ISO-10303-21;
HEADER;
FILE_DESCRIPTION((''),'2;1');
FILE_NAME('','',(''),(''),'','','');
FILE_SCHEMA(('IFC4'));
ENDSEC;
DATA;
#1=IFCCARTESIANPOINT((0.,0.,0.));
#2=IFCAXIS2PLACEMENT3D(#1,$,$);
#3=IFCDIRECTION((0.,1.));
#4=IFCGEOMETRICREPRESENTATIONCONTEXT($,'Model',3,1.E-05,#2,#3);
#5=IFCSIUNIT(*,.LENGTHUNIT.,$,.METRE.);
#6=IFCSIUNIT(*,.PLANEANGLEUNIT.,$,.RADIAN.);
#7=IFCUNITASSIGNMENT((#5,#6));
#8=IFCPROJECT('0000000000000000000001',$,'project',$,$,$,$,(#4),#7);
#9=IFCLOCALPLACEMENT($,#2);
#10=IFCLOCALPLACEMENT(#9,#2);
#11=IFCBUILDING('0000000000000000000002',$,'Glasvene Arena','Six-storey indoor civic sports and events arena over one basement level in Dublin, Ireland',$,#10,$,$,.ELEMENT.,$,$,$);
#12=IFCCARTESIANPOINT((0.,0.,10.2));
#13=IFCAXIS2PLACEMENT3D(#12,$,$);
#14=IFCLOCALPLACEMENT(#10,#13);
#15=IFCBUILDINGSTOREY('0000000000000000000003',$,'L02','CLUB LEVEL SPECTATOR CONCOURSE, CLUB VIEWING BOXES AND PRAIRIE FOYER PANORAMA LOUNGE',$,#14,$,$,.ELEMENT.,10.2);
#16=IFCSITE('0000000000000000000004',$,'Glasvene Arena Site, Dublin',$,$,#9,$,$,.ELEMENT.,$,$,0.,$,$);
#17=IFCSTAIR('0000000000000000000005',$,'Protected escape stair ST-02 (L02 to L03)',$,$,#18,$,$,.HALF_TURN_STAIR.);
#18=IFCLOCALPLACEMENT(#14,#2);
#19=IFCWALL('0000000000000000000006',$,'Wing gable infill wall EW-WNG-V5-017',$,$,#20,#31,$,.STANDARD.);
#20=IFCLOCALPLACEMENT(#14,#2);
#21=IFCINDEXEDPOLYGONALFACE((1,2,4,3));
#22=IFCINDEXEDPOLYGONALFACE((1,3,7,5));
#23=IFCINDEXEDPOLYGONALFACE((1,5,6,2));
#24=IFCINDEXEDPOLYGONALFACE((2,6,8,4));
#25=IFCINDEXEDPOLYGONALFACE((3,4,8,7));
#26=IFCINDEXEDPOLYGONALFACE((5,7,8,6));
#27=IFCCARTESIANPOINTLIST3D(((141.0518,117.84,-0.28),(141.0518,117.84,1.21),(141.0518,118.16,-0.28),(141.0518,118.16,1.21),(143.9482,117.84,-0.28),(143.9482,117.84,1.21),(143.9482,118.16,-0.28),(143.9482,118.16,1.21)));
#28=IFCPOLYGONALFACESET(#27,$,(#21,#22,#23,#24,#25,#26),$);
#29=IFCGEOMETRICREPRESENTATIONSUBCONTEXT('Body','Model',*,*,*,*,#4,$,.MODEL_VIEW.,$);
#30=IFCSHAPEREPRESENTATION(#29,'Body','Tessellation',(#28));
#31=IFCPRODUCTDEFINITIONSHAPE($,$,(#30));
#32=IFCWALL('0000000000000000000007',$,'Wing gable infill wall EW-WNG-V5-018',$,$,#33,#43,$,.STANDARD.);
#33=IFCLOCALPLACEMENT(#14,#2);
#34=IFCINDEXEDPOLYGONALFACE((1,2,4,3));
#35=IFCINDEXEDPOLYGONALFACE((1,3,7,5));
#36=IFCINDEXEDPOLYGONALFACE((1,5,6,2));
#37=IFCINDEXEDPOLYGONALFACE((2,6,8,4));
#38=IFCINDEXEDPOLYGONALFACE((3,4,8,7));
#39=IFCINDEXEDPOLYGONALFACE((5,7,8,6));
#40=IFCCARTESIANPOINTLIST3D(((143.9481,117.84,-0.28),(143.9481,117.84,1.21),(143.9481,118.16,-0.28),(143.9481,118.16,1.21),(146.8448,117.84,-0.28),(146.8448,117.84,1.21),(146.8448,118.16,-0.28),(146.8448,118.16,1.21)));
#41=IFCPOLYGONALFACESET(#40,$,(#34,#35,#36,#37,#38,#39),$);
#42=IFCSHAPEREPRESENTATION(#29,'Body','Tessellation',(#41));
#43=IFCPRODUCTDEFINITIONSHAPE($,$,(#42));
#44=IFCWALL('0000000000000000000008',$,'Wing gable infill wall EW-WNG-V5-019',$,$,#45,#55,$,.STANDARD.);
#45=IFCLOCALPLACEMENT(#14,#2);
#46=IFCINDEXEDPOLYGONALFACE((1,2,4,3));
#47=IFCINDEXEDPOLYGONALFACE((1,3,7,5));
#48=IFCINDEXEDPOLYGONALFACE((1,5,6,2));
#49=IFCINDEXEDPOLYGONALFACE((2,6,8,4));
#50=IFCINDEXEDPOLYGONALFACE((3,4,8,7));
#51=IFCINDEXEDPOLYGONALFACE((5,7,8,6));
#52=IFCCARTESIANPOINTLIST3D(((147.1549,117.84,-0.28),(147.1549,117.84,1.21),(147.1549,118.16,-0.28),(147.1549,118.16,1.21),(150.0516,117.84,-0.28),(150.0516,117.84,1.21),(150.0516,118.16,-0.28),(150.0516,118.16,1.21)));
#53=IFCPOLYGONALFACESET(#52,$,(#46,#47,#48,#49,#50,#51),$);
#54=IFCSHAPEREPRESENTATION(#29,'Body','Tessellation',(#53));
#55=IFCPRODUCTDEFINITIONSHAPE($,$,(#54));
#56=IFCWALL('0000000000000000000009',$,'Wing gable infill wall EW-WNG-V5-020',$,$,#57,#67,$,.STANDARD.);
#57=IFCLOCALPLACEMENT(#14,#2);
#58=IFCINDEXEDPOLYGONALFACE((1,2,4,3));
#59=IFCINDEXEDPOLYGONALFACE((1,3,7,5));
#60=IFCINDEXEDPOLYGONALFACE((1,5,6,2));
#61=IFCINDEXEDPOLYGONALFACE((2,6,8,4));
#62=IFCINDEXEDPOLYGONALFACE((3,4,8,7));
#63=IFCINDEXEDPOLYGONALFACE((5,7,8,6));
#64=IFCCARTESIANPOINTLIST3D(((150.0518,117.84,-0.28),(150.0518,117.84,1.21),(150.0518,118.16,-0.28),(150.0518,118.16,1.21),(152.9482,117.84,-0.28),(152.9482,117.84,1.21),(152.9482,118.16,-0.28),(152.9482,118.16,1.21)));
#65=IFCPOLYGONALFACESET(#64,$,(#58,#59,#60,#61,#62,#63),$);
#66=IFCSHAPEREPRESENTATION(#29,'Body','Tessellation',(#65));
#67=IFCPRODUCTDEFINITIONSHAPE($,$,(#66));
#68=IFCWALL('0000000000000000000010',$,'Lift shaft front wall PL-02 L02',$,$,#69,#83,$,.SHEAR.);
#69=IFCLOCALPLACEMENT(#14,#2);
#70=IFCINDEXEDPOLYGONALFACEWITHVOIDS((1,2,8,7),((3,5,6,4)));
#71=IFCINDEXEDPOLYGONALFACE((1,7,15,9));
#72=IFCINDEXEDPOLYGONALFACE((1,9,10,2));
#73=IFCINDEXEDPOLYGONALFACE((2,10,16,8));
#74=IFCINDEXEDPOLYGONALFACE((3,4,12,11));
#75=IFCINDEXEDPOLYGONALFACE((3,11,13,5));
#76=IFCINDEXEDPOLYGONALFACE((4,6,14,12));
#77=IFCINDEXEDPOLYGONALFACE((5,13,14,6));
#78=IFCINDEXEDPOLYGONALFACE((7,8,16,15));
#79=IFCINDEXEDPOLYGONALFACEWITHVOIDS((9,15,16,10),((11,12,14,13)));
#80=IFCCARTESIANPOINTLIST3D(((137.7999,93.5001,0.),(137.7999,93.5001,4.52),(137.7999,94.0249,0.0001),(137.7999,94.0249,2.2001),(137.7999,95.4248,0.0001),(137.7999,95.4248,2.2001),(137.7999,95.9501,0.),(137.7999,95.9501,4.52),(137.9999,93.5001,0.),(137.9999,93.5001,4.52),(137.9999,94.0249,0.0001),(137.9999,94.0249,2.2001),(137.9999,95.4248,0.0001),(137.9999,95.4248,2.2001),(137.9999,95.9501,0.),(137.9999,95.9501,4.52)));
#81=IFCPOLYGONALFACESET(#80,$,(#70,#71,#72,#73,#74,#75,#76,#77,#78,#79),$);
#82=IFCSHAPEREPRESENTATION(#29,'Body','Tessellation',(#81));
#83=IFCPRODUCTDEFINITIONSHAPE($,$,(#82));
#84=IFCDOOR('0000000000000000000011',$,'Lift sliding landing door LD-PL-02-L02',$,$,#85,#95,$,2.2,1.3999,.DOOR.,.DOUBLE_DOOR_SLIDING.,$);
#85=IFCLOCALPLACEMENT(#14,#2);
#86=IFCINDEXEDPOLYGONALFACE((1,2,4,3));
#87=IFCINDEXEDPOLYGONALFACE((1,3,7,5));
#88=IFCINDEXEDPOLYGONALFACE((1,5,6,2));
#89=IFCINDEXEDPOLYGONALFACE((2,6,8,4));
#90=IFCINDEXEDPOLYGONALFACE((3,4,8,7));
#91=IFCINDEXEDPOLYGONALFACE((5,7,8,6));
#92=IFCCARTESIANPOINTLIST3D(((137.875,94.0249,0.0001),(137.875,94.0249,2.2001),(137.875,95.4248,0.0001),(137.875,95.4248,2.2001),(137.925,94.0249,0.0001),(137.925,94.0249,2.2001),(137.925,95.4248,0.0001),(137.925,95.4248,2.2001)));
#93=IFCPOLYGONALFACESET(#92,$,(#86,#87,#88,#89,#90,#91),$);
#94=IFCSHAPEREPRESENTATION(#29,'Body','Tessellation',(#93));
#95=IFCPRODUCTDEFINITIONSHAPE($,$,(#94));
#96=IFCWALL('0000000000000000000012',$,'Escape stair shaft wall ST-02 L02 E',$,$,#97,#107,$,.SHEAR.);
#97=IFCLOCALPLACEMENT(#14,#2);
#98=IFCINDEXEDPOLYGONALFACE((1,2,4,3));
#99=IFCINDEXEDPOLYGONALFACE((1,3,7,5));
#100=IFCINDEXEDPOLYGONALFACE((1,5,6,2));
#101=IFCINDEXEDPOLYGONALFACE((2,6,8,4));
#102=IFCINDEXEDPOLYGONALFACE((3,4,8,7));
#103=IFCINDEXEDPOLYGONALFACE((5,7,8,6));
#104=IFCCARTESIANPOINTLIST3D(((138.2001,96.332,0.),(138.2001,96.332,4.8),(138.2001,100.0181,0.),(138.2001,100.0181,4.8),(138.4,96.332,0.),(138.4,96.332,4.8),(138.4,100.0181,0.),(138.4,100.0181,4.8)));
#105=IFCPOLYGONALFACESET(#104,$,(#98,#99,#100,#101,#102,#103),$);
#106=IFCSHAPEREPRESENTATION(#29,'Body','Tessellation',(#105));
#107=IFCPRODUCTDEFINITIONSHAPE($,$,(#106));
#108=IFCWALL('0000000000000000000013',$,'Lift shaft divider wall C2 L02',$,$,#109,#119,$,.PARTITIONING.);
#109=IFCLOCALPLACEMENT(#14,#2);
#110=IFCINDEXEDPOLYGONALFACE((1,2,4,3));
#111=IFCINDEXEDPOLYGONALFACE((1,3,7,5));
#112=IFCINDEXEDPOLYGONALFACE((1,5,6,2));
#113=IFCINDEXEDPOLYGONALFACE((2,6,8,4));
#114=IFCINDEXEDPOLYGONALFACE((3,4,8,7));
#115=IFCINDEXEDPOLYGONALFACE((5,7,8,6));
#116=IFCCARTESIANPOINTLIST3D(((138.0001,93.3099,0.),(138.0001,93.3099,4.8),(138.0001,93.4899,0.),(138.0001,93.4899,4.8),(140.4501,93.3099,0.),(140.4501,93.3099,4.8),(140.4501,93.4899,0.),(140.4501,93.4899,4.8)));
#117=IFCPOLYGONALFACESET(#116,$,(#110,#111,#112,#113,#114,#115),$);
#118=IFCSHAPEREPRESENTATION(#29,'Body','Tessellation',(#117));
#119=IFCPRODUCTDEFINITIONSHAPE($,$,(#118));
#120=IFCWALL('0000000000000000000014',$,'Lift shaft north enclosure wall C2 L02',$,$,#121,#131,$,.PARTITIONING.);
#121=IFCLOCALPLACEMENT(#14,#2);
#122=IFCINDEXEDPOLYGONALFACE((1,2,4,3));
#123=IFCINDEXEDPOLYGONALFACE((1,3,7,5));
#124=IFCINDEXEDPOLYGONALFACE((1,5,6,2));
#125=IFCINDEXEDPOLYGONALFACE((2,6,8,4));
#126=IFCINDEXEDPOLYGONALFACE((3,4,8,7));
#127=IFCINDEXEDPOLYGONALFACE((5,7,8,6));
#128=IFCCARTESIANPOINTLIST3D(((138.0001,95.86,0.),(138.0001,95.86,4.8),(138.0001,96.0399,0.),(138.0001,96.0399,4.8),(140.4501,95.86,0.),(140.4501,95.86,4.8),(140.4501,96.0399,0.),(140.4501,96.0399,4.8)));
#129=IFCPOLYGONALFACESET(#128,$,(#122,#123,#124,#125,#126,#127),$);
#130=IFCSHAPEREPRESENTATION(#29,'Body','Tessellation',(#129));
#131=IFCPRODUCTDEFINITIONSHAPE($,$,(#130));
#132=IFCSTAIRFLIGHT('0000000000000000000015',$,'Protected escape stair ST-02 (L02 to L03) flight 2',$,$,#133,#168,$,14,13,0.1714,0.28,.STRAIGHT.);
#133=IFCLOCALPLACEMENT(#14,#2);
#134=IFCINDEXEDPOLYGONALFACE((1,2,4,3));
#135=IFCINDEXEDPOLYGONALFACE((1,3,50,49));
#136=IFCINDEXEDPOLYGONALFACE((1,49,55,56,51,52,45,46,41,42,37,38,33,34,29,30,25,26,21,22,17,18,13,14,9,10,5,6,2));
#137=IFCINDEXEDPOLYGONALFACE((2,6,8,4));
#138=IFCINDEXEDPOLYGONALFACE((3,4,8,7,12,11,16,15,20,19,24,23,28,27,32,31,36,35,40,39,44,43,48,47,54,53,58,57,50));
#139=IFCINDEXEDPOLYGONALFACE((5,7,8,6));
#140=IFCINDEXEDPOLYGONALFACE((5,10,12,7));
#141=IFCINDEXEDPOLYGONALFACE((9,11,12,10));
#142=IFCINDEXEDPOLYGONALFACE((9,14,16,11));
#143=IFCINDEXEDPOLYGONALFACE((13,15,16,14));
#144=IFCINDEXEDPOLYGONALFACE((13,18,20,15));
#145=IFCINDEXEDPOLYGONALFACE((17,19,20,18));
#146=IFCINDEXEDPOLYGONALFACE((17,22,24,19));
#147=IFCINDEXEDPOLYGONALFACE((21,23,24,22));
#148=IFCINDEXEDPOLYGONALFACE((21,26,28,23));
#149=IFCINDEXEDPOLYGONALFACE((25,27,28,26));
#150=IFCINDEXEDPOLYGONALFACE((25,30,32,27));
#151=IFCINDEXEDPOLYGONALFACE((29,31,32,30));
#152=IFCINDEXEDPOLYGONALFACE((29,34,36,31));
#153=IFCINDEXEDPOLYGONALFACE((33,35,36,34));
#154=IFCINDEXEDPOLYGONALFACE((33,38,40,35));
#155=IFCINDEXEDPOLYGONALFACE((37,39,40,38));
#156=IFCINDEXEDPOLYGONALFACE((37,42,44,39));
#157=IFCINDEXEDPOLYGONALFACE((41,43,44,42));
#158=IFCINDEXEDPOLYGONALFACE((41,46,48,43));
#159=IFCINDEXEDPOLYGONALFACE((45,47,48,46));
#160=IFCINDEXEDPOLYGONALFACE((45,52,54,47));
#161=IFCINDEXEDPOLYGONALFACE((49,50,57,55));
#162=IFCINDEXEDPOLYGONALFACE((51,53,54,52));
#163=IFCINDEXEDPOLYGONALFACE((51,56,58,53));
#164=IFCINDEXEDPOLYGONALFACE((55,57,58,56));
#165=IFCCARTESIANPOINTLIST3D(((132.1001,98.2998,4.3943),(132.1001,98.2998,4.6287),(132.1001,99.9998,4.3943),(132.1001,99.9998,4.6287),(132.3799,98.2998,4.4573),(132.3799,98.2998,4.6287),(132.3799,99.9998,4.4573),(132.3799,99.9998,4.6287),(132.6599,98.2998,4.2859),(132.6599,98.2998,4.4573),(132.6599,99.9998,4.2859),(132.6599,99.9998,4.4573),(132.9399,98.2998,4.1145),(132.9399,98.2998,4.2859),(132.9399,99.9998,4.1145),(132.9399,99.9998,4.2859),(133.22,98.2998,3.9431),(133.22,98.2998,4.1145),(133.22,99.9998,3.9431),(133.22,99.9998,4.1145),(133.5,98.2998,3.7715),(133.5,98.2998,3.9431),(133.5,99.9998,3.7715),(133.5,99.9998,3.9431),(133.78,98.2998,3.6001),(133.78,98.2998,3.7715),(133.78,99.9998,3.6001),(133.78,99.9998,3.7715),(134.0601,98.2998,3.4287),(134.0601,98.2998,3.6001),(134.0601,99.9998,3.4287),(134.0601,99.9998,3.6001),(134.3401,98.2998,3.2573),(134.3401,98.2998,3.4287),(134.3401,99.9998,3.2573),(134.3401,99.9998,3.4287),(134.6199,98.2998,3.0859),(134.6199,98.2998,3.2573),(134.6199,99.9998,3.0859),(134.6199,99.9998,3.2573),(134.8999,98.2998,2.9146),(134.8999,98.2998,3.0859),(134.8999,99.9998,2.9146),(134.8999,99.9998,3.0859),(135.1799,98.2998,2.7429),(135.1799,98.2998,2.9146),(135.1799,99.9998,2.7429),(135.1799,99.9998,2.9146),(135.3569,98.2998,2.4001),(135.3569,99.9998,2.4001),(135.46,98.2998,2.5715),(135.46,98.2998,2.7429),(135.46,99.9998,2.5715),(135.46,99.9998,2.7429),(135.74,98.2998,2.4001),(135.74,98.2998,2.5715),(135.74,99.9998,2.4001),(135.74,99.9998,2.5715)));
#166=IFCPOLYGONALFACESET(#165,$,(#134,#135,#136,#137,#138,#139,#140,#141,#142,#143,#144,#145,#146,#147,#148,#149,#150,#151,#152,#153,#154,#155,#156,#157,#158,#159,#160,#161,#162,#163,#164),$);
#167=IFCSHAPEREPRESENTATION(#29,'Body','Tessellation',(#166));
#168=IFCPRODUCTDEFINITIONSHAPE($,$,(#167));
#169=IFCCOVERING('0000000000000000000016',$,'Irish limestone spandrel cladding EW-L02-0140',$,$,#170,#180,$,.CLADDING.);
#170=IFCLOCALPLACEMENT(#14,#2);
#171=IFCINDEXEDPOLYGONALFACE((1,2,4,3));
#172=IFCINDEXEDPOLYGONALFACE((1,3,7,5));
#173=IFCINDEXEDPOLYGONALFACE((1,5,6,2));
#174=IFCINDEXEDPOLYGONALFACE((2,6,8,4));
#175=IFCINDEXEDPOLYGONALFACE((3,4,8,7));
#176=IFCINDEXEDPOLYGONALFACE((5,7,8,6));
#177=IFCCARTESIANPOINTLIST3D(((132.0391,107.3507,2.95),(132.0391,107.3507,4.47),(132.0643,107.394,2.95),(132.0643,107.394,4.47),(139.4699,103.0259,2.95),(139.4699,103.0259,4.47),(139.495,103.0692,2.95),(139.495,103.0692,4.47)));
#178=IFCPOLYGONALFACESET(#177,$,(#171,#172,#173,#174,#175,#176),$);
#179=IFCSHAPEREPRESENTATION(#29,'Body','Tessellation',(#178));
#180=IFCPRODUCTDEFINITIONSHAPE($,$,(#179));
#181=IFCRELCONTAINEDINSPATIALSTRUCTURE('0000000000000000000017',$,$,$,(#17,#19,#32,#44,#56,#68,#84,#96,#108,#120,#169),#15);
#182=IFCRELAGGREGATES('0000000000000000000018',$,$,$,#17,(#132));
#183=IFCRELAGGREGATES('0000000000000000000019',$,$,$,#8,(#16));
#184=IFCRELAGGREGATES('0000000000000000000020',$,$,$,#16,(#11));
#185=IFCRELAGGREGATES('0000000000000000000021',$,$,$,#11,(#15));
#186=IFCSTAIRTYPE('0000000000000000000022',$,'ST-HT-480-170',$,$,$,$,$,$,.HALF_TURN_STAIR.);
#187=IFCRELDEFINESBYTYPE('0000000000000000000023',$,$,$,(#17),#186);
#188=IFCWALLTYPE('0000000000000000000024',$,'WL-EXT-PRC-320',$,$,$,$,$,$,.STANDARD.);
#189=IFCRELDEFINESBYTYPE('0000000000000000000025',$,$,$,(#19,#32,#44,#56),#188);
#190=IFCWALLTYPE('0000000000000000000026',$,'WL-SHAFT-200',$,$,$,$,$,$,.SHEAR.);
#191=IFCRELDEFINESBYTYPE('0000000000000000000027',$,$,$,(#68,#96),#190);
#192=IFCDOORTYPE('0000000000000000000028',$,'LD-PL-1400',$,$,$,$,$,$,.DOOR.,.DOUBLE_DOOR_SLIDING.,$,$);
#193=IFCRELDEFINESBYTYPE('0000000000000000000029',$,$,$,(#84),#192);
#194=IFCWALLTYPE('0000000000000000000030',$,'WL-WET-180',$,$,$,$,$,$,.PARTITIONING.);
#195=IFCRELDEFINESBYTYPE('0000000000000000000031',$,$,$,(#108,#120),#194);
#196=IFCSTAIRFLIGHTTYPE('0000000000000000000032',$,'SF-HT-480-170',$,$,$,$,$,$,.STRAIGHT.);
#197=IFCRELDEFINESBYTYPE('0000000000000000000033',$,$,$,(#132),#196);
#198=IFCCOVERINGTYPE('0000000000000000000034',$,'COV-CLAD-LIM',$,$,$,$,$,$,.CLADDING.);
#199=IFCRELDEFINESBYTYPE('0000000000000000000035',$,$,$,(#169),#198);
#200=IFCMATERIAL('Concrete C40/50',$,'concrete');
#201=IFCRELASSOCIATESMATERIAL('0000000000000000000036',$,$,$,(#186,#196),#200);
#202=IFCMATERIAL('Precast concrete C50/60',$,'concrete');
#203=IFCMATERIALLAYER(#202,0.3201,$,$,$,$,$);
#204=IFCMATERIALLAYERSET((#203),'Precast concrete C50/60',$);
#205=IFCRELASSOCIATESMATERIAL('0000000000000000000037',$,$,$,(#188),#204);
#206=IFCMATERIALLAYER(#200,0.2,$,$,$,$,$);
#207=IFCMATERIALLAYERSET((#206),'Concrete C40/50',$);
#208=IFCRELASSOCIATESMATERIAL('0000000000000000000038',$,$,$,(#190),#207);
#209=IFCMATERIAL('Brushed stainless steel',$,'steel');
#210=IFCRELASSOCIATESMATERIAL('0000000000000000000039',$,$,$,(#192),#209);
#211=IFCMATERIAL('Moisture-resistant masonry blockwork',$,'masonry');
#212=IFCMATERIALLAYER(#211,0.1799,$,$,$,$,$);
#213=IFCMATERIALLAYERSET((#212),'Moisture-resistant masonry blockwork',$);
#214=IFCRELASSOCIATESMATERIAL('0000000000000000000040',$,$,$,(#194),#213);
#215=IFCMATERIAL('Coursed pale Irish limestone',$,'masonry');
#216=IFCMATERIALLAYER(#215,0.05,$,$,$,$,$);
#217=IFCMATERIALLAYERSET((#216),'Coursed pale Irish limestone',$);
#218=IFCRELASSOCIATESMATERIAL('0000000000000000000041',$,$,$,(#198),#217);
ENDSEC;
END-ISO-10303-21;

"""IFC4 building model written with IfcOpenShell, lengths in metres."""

from ifc_helpers import new_model, si_unit, direction, frame, frame_2d, origin, origin_2d, place, context, subcontext, project, spatial, polyline, rectangle, outline, extrude, material, layer, layer_set, type_object, element, fill, aggregate, save


model = new_model("IFC4")

# Units and contexts
model_context = context("Model", 3, precision=1e-05, world=origin(), true_north=direction((0.0, 1.0)))
body_context = subcontext(model_context, "Body", "Model", "MODEL_VIEW")
ifc_project = project(units=[si_unit("LENGTHUNIT", "METRE"), si_unit("PLANEANGLEUNIT", "RADIAN")], contexts=[model_context])

# Site, building, storey
site_placement = place(None, origin())
site = spatial("IfcSite", under=ifc_project, at=site_placement, Name="Glasvene Arena Site, Dublin", CompositionType="ELEMENT", RefElevation=0.0)
building_placement = place(site_placement, origin())
building = spatial("IfcBuilding", under=site, at=building_placement, Name="Glasvene Arena", Description="Six-storey indoor civic sports and events arena over one basement level in Dublin, Ireland", CompositionType="ELEMENT")
storey_placement = place(building_placement, frame((0.0, 0.0, 10.2)))
storey = spatial("IfcBuildingStorey", under=building, at=storey_placement, Name="L02", Description="CLUB LEVEL SPECTATOR CONCOURSE, CLUB VIEWING BOXES AND PRAIRIE FOYER PANORAMA LOUNGE", CompositionType="ELEMENT", Elevation=10.2)

# Shared definitions
ifc_material_1 = material(Name="Concrete C40/50", Category="concrete")

# Stair
stair_type = type_object("IfcStairType", Name="ST-HT-480-170", PredefinedType="HALF_TURN_STAIR", material=ifc_material_1)
stair_placement = place(storey_placement, origin())
stair = element("IfcStair", 1, at=stair_placement, inside=storey, type_object=stair_type, Name="Protected escape stair ST-02 (L02 to L03)", PredefinedType="HALF_TURN_STAIR")

# Shared definitions
ifc_material_2 = material(Name="Precast concrete C50/60", Category="concrete")
ifc_layer_1 = layer(ifc_material_2, 0.3201)
ifc_layer_set_1 = layer_set([ifc_layer_1], Name="Precast concrete C50/60")
wall_type_1 = type_object("IfcWallType", Name="WL-EXT-PRC-320", PredefinedType="STANDARD", material=ifc_layer_set_1)

# Walls
wall_1_placement = place(storey_placement, frame((141.0518, 118.0, -0.28), z_axis=(0.0, 0.0, 1.0), x_axis=(1.0, 0.0, 0.0)))
element("IfcWall", 2, at=wall_1_placement, inside=storey, type_object=wall_type_1, Name="Wing gable infill wall EW-WNG-V5-017", PredefinedType="STANDARD", context=body_context, shape_type="SweptSolid", body=[
    extrude(rectangle(XDim=2.8965, YDim=0.3201, at=frame_2d((1.4482, 0.0))), origin(), (0.0, 0.0, 1.0), 1.49),
])
for number, where, z_axis, x_axis, name in (
    (3, (143.9482, 118.0, -0.28), (0.0, 0.0, 1.0), (1.0, 0.0, 0.0), "Wing gable infill wall EW-WNG-V5-018"),
    (4, (147.155, 118.0, -0.28), (0.0, 0.0, 1.0), (1.0, 0.0, 0.0), "Wing gable infill wall EW-WNG-V5-019"),
):
    element("IfcWall", number, at=place(storey_placement, frame(where, z_axis=z_axis, x_axis=x_axis)), inside=storey, type_object=wall_type_1, Name=name, PredefinedType="STANDARD", context=body_context, shape_type="SweptSolid", body=[
        extrude(rectangle(XDim=2.8967, YDim=0.3201, at=frame_2d((1.4482, 0.0))), origin(), (0.0, 0.0, 1.0), 1.49),
    ])
wall_2_placement = place(storey_placement, frame((150.0518, 118.0, -0.28), z_axis=(0.0, 0.0, 1.0), x_axis=(1.0, 0.0, 0.0)))
element("IfcWall", 5, at=wall_2_placement, inside=storey, type_object=wall_type_1, Name="Wing gable infill wall EW-WNG-V5-020", PredefinedType="STANDARD", context=body_context, shape_type="SweptSolid", body=[
    extrude(rectangle(XDim=2.8965, YDim=0.3201, at=frame_2d((1.4482, 0.0))), origin(), (0.0, 0.0, 1.0), 1.49),
])

# Wall, opening, door
ifc_layer_2 = layer(ifc_material_1, 0.2)
ifc_layer_set_2 = layer_set([ifc_layer_2], Name="Concrete C40/50")
wall_type_2 = type_object("IfcWallType", Name="WL-SHAFT-200", PredefinedType="SHEAR", material=ifc_layer_set_2)
wall_3_placement = place(storey_placement, frame((137.8999, 93.5, 0.0), z_axis=(0.0, 0.0, 1.0), x_axis=(0.0, 1.0, 0.0)))
wall_3 = element("IfcWall", 6, at=wall_3_placement, inside=storey, type_object=wall_type_2, Name="Lift shaft front wall PL-02 L02", PredefinedType="SHEAR", context=body_context, shape_type="SweptSolid", body=[
    extrude(rectangle(XDim=2.45, YDim=0.2, at=frame_2d((1.2251, 0.0))), origin(), (0.0, 0.0, 1.0), 4.52),
])
opening_1_placement = place(wall_3_placement, frame((0.5249, 0.0, 0.0)))
opening_1 = element("IfcOpeningElement", 7, at=opening_1_placement, cuts=wall_3, PredefinedType="OPENING", context=body_context, shape_type="SweptSolid", body=[
    extrude(rectangle(XDim=1.3999, YDim=2.2, at=frame_2d((0.7, 1.1001))), frame((0.0, 0.1099, 0.0), z_axis=(0.0, -1.0, 0.0), x_axis=(1.0, 0.0, 0.0)), (0.0, 0.0, 1.0), 0.22),
])
ifc_material_3 = material(Name="Brushed stainless steel", Category="steel")
door_type = type_object("IfcDoorType", Name="LD-PL-1400", OperationType="DOUBLE_DOOR_SLIDING", PredefinedType="DOOR", material=ifc_material_3)
door_placement = place(opening_1_placement, origin())
door = element("IfcDoor", 8, at=door_placement, inside=storey, type_object=door_type, Name="Lift sliding landing door LD-PL-02-L02", OperationType="DOUBLE_DOOR_SLIDING", OverallHeight=2.2, OverallWidth=1.3999, PredefinedType="DOOR", context=body_context, shape_type="SweptSolid", body=[
    extrude(rectangle(XDim=1.3999, YDim=2.2, at=frame_2d((0.7, 1.1001))), frame((0.0, 0.0249, 0.0), z_axis=(0.0, -1.0, 0.0), x_axis=(1.0, 0.0, 0.0)), (0.0, 0.0, 1.0), 0.05),
])
fill(opening_1, door)

# Walls
wall_4_placement = place(storey_placement, frame((138.3, 96.332, 0.0), z_axis=(0.0, 0.0, 1.0), x_axis=(0.0, 1.0, 0.0)))
element("IfcWall", 9, at=wall_4_placement, inside=storey, type_object=wall_type_2, Name="Escape stair shaft wall ST-02 L02 E", PredefinedType="SHEAR", context=body_context, shape_type="SweptSolid", body=[
    extrude(rectangle(XDim=3.686, YDim=0.2, at=frame_2d((1.843, 0.0))), origin(), (0.0, 0.0, 1.0), 4.8),
])
ifc_material_4 = material(Name="Moisture-resistant masonry blockwork", Category="masonry")
ifc_layer_3 = layer(ifc_material_4, 0.1799)
ifc_layer_set_3 = layer_set([ifc_layer_3], Name="Moisture-resistant masonry blockwork")
wall_type_3 = type_object("IfcWallType", Name="WL-WET-180", PredefinedType="PARTITIONING", material=ifc_layer_set_3)
for number, where, z_axis, x_axis, name in (
    (10, (138.0, 93.3999, 0.0), (0.0, 0.0, 1.0), (1.0, 0.0, 0.0), "Lift shaft divider wall C2 L02"),
    (11, (138.0, 95.95, 0.0), (0.0, 0.0, 1.0), (1.0, 0.0, 0.0), "Lift shaft north enclosure wall C2 L02"),
):
    element("IfcWall", number, at=place(storey_placement, frame(where, z_axis=z_axis, x_axis=x_axis)), inside=storey, type_object=wall_type_3, Name=name, PredefinedType="PARTITIONING", context=body_context, shape_type="SweptSolid", body=[
        extrude(rectangle(XDim=2.45, YDim=0.1799, at=frame_2d((1.2251, 0.0))), origin(), (0.0, 0.0, 1.0), 4.8),
    ])

# Stair flight
stair_flight_type = type_object("IfcStairFlightType", Name="SF-HT-480-170", PredefinedType="STRAIGHT", material=ifc_material_1)
stair_flight_placement = place(storey_placement, frame((135.74, 99.1499, 2.4001), z_axis=(0.0, 0.0, 1.0), x_axis=(-1.0, 0.0, 0.0)))
stair_flight = element("IfcStairFlight", 12, at=stair_flight_placement, type_object=stair_flight_type, Name="Protected escape stair ST-02 (L02 to L03) flight 2", NumberOfRisers=14, NumberOfTreads=13, PredefinedType="STRAIGHT", RiserHeight=0.1714, TreadLength=0.28, context=body_context, shape_type="SweptSolid", body=[
    extrude(outline(polyline([(0.0, 0.0), (0.0, 0.1714), (0.28, 0.1714), (0.28, 0.3428), (0.5601, 0.3428), (0.5601, 0.5144), (0.8401, 0.5144), (0.8401, 0.6858), (1.1201, 0.6858), (1.1201, 0.8572), (1.3999, 0.8572), (1.3999, 1.0286), (1.6799, 1.0286), (1.6799, 1.2), (1.96, 1.2), (1.96, 1.3713), (2.24, 1.3713), (2.24, 1.543), (2.52, 1.543), (2.52, 1.7144), (2.8, 1.7144), (2.8, 1.8857), (3.0801, 1.8857), (3.0801, 2.0571), (3.3601, 2.0571), (3.3601, 2.2285), (3.6399, 2.2285), (3.6399, 2.3999), (3.6399, 1.9941), (0.3831, 0.0), (0.0, 0.0)])), frame((0.0, 0.8501, 0.0), z_axis=(0.0, -1.0, 0.0), x_axis=(1.0, 0.0, 0.0)), (0.0, 0.0, 1.0), 1.7),
])
aggregate(stair, [stair_flight])

# Covering
ifc_material_5 = material(Name="Coursed pale Irish limestone", Category="masonry")
ifc_layer_4 = layer(ifc_material_5, 0.05)
ifc_layer_set_4 = layer_set([ifc_layer_4], Name="Coursed pale Irish limestone")
covering_type = type_object("IfcCoveringType", Name="COV-CLAD-LIM", PredefinedType="CLADDING", material=ifc_layer_set_4)
covering_1_placement = place(storey_placement, frame((135.7671, 105.21, 2.95), z_axis=(0.0, 0.0, 1.0), x_axis=(0.864275, -0.50302, 0.0)))
element("IfcCovering", 13, at=covering_1_placement, inside=storey, type_object=covering_type, Name="Irish limestone spandrel cladding EW-L02-0140", PredefinedType="CLADDING", context=body_context, shape_type="SweptSolid", body=[
    extrude(rectangle(XDim=8.5977, YDim=0.05, at=origin_2d()), origin(), (0.0, 0.0, 1.0), 1.52),
])

save(model, "model.ifc")
